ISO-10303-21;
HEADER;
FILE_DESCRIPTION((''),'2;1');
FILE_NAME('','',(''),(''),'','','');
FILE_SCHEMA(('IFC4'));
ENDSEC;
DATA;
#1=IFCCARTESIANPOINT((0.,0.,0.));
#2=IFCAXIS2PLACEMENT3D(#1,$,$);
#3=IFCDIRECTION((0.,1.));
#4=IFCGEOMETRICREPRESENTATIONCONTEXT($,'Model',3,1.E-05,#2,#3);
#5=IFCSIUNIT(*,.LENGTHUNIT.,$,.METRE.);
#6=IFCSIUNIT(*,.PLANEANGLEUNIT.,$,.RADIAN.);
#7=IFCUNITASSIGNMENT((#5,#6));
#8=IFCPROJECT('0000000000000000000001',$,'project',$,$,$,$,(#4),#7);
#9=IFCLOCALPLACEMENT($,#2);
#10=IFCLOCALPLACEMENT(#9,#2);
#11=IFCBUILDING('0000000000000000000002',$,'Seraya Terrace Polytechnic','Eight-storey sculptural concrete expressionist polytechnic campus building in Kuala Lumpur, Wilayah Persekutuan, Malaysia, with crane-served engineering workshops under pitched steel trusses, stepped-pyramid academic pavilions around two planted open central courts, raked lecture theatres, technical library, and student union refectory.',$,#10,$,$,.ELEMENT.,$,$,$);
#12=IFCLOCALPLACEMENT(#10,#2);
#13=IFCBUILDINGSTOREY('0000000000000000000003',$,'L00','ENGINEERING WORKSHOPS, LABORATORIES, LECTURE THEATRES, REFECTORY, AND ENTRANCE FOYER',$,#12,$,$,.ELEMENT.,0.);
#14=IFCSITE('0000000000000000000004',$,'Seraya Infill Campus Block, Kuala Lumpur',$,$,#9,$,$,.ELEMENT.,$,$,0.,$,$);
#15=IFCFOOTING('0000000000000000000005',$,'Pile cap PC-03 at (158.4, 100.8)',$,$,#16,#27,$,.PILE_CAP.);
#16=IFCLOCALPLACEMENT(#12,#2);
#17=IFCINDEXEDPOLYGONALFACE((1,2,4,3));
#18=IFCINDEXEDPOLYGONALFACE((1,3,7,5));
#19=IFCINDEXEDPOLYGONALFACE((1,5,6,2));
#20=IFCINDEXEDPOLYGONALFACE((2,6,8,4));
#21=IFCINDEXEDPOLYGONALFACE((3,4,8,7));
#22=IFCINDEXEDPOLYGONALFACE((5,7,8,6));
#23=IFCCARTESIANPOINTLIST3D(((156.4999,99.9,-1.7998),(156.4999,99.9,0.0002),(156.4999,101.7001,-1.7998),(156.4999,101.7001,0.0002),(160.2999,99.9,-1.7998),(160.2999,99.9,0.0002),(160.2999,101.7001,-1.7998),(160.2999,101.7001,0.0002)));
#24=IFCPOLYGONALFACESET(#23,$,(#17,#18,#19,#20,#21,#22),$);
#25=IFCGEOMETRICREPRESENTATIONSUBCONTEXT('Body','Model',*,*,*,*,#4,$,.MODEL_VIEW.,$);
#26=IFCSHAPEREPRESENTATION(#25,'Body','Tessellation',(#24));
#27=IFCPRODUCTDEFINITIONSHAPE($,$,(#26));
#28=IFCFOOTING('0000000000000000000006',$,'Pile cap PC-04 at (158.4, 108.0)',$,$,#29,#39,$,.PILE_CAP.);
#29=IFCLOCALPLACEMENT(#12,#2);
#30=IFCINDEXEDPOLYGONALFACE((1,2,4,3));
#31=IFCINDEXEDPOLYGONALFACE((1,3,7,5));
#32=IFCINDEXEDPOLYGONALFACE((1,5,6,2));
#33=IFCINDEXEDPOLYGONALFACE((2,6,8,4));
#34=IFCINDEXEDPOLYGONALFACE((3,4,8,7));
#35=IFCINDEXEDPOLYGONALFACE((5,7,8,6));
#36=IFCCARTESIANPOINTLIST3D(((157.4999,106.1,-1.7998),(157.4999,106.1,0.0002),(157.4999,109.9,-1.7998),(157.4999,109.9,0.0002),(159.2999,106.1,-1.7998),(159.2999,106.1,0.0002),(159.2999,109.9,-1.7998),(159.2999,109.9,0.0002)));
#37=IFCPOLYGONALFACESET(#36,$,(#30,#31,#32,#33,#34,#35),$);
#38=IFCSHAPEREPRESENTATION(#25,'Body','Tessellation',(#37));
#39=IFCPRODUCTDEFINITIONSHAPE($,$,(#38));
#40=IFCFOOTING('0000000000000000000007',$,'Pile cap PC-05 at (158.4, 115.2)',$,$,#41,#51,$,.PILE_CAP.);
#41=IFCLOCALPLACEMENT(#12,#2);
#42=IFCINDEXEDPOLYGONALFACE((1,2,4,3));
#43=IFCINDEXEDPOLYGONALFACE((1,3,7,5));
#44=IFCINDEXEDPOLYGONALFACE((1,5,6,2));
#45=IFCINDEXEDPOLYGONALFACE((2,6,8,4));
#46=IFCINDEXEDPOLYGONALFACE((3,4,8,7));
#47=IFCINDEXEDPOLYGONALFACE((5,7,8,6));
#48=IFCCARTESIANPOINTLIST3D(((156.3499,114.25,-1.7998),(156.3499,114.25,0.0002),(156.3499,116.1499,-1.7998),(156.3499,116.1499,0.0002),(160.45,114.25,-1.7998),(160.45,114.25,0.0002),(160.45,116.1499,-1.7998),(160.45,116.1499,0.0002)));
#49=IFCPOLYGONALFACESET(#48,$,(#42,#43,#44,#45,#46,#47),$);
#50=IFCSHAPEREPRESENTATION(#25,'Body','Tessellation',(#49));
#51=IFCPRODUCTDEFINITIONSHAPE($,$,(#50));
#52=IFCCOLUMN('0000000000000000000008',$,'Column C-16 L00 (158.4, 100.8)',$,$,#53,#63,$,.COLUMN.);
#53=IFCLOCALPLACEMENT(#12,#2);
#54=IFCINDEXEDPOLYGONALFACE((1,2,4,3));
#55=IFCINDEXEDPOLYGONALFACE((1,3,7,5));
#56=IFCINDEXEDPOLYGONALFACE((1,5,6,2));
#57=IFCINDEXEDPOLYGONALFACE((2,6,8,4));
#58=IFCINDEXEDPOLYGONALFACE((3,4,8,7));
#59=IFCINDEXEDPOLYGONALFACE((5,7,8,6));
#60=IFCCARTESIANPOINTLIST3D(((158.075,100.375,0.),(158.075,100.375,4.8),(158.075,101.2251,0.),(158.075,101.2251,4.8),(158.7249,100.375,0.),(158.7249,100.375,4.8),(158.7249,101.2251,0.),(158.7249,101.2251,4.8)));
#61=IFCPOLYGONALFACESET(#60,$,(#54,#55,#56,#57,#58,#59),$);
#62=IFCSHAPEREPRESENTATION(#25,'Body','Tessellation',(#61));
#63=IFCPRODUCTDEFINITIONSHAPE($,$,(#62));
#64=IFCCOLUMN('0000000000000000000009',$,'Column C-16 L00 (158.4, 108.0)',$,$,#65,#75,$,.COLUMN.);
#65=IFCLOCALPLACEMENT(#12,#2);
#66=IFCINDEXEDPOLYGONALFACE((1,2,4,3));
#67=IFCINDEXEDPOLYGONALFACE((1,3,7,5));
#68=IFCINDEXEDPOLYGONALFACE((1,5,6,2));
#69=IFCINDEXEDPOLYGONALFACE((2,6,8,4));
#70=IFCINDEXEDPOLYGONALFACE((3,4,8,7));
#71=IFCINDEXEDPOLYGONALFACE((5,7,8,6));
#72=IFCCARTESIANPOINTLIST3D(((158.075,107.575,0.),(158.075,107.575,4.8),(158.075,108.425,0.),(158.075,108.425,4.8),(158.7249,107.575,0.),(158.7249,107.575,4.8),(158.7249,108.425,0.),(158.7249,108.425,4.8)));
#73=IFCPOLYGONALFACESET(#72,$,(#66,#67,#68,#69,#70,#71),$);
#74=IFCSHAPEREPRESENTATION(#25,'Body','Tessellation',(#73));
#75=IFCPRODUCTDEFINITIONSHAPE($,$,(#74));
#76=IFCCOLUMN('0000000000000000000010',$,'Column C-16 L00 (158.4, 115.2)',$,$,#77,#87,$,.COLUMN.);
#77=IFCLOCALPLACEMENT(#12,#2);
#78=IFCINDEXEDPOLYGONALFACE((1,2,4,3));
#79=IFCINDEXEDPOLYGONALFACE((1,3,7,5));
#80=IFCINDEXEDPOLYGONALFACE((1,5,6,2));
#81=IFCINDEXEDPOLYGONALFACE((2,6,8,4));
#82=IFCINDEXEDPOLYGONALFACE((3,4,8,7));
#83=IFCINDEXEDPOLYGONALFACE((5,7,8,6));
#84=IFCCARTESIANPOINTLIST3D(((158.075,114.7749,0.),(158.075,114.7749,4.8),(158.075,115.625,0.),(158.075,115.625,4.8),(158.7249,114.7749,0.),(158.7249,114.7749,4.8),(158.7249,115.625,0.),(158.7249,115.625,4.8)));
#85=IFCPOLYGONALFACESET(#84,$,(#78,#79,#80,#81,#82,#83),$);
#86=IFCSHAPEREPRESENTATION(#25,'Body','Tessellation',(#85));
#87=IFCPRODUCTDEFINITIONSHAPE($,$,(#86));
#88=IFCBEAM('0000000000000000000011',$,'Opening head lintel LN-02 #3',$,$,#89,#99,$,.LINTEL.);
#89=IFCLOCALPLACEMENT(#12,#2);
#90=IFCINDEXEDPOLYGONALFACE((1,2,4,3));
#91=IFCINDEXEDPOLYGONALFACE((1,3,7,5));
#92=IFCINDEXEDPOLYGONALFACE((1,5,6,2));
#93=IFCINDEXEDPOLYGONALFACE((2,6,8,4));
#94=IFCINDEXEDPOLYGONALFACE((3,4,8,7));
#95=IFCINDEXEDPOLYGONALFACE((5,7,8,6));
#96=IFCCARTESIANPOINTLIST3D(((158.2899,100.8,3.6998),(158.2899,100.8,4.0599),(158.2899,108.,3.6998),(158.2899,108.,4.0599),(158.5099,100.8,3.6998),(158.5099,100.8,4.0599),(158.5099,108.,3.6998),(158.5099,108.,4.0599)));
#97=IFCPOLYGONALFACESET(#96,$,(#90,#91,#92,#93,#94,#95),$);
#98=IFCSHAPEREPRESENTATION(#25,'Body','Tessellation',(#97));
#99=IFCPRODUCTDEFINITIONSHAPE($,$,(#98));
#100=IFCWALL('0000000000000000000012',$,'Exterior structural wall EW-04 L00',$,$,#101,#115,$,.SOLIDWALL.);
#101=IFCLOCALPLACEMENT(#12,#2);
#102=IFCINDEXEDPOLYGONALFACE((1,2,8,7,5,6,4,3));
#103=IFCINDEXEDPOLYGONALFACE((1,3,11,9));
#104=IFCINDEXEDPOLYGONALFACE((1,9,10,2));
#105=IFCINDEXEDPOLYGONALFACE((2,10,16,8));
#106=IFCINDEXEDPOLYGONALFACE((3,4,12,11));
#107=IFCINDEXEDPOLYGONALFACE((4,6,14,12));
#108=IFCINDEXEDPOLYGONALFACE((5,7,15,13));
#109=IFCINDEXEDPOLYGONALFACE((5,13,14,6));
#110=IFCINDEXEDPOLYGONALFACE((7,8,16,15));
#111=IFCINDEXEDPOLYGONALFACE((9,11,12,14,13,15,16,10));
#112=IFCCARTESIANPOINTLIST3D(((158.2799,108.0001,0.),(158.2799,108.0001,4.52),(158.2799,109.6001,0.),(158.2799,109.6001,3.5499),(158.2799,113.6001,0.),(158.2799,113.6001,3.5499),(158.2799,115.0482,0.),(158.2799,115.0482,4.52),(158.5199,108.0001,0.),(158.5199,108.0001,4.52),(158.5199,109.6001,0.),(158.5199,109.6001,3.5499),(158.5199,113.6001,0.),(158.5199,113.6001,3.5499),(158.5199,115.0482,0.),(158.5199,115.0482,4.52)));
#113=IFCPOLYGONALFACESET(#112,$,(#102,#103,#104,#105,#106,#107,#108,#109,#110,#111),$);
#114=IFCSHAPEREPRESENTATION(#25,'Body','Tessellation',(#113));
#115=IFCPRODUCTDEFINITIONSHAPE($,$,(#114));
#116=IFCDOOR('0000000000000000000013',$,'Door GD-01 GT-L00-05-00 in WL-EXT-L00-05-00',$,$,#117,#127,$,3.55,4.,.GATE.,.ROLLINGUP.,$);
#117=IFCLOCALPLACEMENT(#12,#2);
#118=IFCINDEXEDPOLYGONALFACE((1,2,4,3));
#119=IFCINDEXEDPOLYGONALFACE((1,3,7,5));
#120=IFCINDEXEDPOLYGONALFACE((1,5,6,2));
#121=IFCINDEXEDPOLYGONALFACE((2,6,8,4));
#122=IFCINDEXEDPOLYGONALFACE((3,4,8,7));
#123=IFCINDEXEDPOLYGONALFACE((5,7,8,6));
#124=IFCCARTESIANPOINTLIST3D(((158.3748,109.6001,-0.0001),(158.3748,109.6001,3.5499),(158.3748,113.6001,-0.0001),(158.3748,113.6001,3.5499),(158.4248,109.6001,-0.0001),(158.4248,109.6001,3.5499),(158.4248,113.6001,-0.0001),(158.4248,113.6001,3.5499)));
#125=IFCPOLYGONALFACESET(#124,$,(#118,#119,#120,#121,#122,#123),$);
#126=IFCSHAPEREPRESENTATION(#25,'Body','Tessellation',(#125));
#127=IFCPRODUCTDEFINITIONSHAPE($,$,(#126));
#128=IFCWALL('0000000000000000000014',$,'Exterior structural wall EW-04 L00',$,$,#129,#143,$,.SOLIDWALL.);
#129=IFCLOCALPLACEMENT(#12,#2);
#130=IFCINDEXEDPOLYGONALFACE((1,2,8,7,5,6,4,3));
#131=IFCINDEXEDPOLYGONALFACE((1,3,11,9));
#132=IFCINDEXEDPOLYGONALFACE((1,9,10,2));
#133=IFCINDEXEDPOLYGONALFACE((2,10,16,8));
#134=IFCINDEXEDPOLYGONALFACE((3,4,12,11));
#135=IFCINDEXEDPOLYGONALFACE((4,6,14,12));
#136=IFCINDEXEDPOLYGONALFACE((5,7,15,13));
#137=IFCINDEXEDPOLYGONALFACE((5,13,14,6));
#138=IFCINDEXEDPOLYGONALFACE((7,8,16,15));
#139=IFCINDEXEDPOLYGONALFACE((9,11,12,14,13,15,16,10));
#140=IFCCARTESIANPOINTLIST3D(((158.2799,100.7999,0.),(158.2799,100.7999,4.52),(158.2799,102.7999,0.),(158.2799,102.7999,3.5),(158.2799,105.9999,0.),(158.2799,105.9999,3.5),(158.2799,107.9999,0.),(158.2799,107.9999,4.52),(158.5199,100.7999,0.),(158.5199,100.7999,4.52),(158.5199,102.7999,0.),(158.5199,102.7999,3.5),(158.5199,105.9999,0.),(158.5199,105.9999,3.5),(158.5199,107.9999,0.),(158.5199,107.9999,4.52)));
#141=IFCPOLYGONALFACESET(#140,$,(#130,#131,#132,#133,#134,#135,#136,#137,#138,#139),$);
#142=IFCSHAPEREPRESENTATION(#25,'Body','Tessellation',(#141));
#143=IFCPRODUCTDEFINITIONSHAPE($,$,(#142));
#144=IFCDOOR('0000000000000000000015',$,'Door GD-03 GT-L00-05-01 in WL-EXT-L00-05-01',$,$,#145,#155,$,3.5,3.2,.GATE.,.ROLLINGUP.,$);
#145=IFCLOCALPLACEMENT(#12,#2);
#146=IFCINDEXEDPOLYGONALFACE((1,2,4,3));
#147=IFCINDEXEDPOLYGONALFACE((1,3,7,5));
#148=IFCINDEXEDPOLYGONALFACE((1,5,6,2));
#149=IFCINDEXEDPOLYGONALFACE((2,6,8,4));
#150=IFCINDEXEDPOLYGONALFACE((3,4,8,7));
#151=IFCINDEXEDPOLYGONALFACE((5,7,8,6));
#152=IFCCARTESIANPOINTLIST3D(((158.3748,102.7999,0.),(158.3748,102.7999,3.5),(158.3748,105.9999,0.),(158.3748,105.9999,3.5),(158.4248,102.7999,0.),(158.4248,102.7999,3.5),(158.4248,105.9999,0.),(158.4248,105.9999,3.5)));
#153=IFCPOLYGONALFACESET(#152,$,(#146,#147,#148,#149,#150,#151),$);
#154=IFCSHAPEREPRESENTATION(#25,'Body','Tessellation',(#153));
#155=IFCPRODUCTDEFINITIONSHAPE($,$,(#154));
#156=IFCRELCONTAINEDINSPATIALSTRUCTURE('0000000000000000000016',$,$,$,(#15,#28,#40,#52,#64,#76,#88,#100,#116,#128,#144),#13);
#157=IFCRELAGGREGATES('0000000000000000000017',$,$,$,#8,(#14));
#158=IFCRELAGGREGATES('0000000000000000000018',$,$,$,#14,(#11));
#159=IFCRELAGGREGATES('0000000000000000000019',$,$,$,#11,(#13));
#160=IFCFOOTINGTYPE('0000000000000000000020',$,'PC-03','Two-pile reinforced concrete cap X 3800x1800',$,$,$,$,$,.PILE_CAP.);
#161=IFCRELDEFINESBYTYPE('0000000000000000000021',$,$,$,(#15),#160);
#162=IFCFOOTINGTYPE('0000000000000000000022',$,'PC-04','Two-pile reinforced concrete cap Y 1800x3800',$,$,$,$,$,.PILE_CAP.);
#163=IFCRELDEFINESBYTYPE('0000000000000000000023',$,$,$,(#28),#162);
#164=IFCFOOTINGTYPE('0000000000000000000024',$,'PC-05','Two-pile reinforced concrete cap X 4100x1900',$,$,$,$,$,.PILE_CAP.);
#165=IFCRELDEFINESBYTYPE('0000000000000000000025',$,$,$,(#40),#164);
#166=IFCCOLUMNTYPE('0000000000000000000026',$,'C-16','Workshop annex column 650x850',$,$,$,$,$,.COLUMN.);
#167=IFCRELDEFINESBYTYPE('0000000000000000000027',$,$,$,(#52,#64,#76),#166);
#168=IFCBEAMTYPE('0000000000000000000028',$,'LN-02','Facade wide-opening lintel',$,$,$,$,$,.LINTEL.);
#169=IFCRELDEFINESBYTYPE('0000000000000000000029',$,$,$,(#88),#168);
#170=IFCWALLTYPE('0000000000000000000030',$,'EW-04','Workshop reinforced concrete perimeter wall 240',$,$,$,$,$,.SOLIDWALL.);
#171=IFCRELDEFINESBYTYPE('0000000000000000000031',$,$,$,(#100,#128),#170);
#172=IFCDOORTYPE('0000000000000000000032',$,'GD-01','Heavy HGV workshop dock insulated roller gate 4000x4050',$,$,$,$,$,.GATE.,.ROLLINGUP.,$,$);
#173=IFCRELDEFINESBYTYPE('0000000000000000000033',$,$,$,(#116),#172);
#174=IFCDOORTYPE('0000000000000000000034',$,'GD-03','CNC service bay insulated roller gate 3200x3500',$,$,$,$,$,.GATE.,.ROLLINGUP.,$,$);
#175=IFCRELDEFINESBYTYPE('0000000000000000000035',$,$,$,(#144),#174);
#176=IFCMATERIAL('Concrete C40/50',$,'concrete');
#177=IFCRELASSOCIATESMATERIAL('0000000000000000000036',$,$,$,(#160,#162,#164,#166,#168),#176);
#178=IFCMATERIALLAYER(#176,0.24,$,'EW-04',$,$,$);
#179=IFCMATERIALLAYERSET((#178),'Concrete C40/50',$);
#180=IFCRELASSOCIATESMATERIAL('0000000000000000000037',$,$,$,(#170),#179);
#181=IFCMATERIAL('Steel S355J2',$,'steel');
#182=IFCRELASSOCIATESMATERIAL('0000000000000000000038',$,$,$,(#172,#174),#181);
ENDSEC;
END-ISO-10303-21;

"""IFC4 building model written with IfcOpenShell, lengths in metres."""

from ifc_helpers import new_model, si_unit, direction, frame, frame_2d, origin, origin_2d, place, context, subcontext, project, spatial, rectangle, extrude, material, layer, layer_set, material_profile, profile_set, type_object, element, fill, save


model = new_model("IFC4")

# Units and contexts
model_context = context("Model", 3, precision=1e-05, world=origin(), true_north=direction((0.0, 1.0)))
body_context = subcontext(model_context, "Body", "Model", "MODEL_VIEW")
ifc_project = project(units=[si_unit("LENGTHUNIT", "METRE"), si_unit("PLANEANGLEUNIT", "RADIAN")], contexts=[model_context])

# Site, building, storey
site_placement = place(None, origin())
site = spatial("IfcSite", under=ifc_project, at=site_placement, Name="Seraya Infill Campus Block, Kuala Lumpur", CompositionType="ELEMENT", RefElevation=0.0)
building_placement = place(site_placement, origin())
building = spatial("IfcBuilding", under=site, at=building_placement, Name="Seraya Terrace Polytechnic", Description="Eight-storey sculptural concrete expressionist polytechnic campus building in Kuala Lumpur, Wilayah Persekutuan, Malaysia, with crane-served engineering workshops under pitched steel trusses, stepped-pyramid academic pavilions around two planted open central courts, raked lecture theatres, technical library, and student union refectory.", CompositionType="ELEMENT")
storey_placement = place(building_placement, origin())
storey = spatial("IfcBuildingStorey", under=building, at=storey_placement, Name="L00", Description="ENGINEERING WORKSHOPS, LABORATORIES, LECTURE THEATRES, REFECTORY, AND ENTRANCE FOYER", CompositionType="ELEMENT", Elevation=0.0)

# Shared definitions
ifc_material_1 = material(Name="Concrete C40/50", Category="concrete")

# Footings
footing_type_1 = type_object("IfcFootingType", Name="PC-03", Description="Two-pile reinforced concrete cap X 3800x1800", PredefinedType="PILE_CAP", material=ifc_material_1)
footing_1_placement = place(storey_placement, frame((158.3999, 100.8, -1.7998), z_axis=(0.0, 0.0, 1.0), x_axis=(1.0, 0.0, 0.0)))
element("IfcFooting", 1, at=footing_1_placement, inside=storey, type_object=footing_type_1, Name="Pile cap PC-03 at (158.4, 100.8)", PredefinedType="PILE_CAP", context=body_context, shape_type="SweptSolid", body=[
    extrude(rectangle(XDim=3.8, YDim=1.8, at=origin_2d()), origin(), (0.0, 0.0, 1.0), 1.8),
])
footing_type_2 = type_object("IfcFootingType", Name="PC-04", Description="Two-pile reinforced concrete cap Y 1800x3800", PredefinedType="PILE_CAP", material=ifc_material_1)
footing_2_placement = place(storey_placement, frame((158.3999, 108.0, -1.7998), z_axis=(0.0, 0.0, 1.0), x_axis=(1.0, 0.0, 0.0)))
element("IfcFooting", 2, at=footing_2_placement, inside=storey, type_object=footing_type_2, Name="Pile cap PC-04 at (158.4, 108.0)", PredefinedType="PILE_CAP", context=body_context, shape_type="SweptSolid", body=[
    extrude(rectangle(XDim=1.8, YDim=3.8, at=origin_2d()), origin(), (0.0, 0.0, 1.0), 1.8),
])
footing_type_3 = type_object("IfcFootingType", Name="PC-05", Description="Two-pile reinforced concrete cap X 4100x1900", PredefinedType="PILE_CAP", material=ifc_material_1)
footing_3_placement = place(storey_placement, frame((158.3999, 115.2, -1.7998), z_axis=(0.0, 0.0, 1.0), x_axis=(1.0, 0.0, 0.0)))
element("IfcFooting", 3, at=footing_3_placement, inside=storey, type_object=footing_type_3, Name="Pile cap PC-05 at (158.4, 115.2)", PredefinedType="PILE_CAP", context=body_context, shape_type="SweptSolid", body=[
    extrude(rectangle(XDim=4.1001, YDim=1.8999, at=origin_2d()), origin(), (0.0, 0.0, 1.0), 1.8),
])

# Columns
ifc_material_profile_1 = material_profile(ifc_material_1, rectangle(XDim=0.6499, YDim=0.8501, at=origin_2d()), Name="RC 650x850")
ifc_profile_set_1 = profile_set([ifc_material_profile_1], Name="Concrete C40/50")
column_type = type_object("IfcColumnType", Name="C-16", Description="Workshop annex column 650x850", PredefinedType="COLUMN", material=ifc_profile_set_1)
for number, where, z_axis, x_axis, name in (
    (4, (158.3999, 100.8, 0.0), (0.0, 0.0, 1.0), (1.0, 0.0, 0.0), "Column C-16 L00 (158.4, 100.8)"),
    (5, (158.3999, 108.0, 0.0), (0.0, 0.0, 1.0), (1.0, 0.0, 0.0), "Column C-16 L00 (158.4, 108.0)"),
    (6, (158.3999, 115.2, 0.0), (0.0, 0.0, 1.0), (1.0, 0.0, 0.0), "Column C-16 L00 (158.4, 115.2)"),
):
    element("IfcColumn", number, at=place(storey_placement, frame(where, z_axis=z_axis, x_axis=x_axis)), inside=storey, type_object=column_type, Name=name, PredefinedType="COLUMN", context=body_context, shape_type="SweptSolid", body=[
        extrude(rectangle(XDim=0.6499, YDim=0.8501, at=origin_2d()), origin(), (0.0, 0.0, 1.0), 4.8),
    ])

# Beam
ifc_material_profile_2 = material_profile(ifc_material_1, rectangle(XDim=0.22, YDim=0.3601, at=origin_2d()), Name="RC 220x360")
ifc_profile_set_2 = profile_set([ifc_material_profile_2], Name="Concrete C40/50")
beam_type = type_object("IfcBeamType", Name="LN-02", Description="Facade wide-opening lintel", PredefinedType="LINTEL", material=ifc_profile_set_2)
beam_placement = place(storey_placement, frame((158.3999, 100.8, 3.8799), z_axis=(0.0, 1.0, 0.0), x_axis=(-1.0, 0.0, 0.0)))
element("IfcBeam", 7, at=beam_placement, inside=storey, type_object=beam_type, Name="Opening head lintel LN-02 #3", PredefinedType="LINTEL", context=body_context, shape_type="SweptSolid", body=[
    extrude(rectangle(XDim=0.22, YDim=0.3601, at=origin_2d()), origin(), (0.0, 0.0, 1.0), 7.2),
])

# Walls, openings, doors
ifc_layer = layer(ifc_material_1, 0.24, Name="EW-04")
ifc_layer_set = layer_set([ifc_layer], Name="Concrete C40/50")
wall_type = type_object("IfcWallType", Name="EW-04", Description="Workshop reinforced concrete perimeter wall 240", PredefinedType="SOLIDWALL", material=ifc_layer_set)
wall_1_placement = place(storey_placement, frame((158.3999, 115.0481, 0.0), z_axis=(0.0, 0.0, 1.0), x_axis=(0.0, -1.0, 0.0)))
wall_1 = element("IfcWall", 8, at=wall_1_placement, inside=storey, type_object=wall_type, Name="Exterior structural wall EW-04 L00", PredefinedType="SOLIDWALL", context=body_context, shape_type="SweptSolid", body=[
    extrude(rectangle(XDim=7.0481, YDim=0.24, at=frame_2d((3.5239, 0.0))), origin(), (0.0, 0.0, 1.0), 4.52),
])
opening_1_placement = place(wall_1_placement, frame((1.448, 0.0, 0.0)))
opening_1 = element("IfcOpeningElement", 9, at=opening_1_placement, cuts=wall_1, PredefinedType="OPENING", context=body_context, shape_type="SweptSolid", body=[
    extrude(rectangle(XDim=4.0, YDim=3.55, at=frame_2d((2.0, 1.7749))), frame((0.0, 0.1318, 0.0), z_axis=(0.0, -1.0, 0.0), x_axis=(1.0, 0.0, 0.0)), (0.0, 0.0, 1.0), 0.2639),
])
ifc_material_2 = material(Name="Steel S355J2", Category="steel")
door_type_1 = type_object("IfcDoorType", Name="GD-01", Description="Heavy HGV workshop dock insulated roller gate 4000x4050", OperationType="ROLLINGUP", PredefinedType="GATE", material=ifc_material_2)
door_1_placement = place(opening_1_placement, origin())
door_1 = element("IfcDoor", 10, at=door_1_placement, inside=storey, type_object=door_type_1, Name="Door GD-01 GT-L00-05-00 in WL-EXT-L00-05-00", OperationType="ROLLINGUP", OverallHeight=3.55, OverallWidth=4.0, PredefinedType="GATE", context=body_context, shape_type="SweptSolid", body=[
    extrude(rectangle(XDim=4.0, YDim=3.55, at=frame_2d((2.0, 1.7749))), frame((0.0, 0.0249, 0.0), z_axis=(0.0, -1.0, 0.0), x_axis=(1.0, 0.0, 0.0)), (0.0, 0.0, 1.0), 0.05),
])
fill(opening_1, door_1)
wall_2_placement = place(storey_placement, frame((158.3999, 108.0, 0.0), z_axis=(0.0, 0.0, 1.0), x_axis=(0.0, -1.0, 0.0)))
wall_2 = element("IfcWall", 11, at=wall_2_placement, inside=storey, type_object=wall_type, Name="Exterior structural wall EW-04 L00", PredefinedType="SOLIDWALL", context=body_context, shape_type="SweptSolid", body=[
    extrude(rectangle(XDim=7.2, YDim=0.24, at=frame_2d((3.6001, 0.0))), origin(), (0.0, 0.0, 1.0), 4.52),
])
opening_2_placement = place(wall_2_placement, frame((2.0, 0.0, 0.0)))
opening_2 = element("IfcOpeningElement", 12, at=opening_2_placement, cuts=wall_2, PredefinedType="OPENING", context=body_context, shape_type="SweptSolid", body=[
    extrude(rectangle(XDim=3.2, YDim=3.5, at=frame_2d((1.6001, 1.75))), frame((0.0, 0.1318, 0.0), z_axis=(0.0, -1.0, 0.0), x_axis=(1.0, 0.0, 0.0)), (0.0, 0.0, 1.0), 0.2639),
])
door_type_2 = type_object("IfcDoorType", Name="GD-03", Description="CNC service bay insulated roller gate 3200x3500", OperationType="ROLLINGUP", PredefinedType="GATE", material=ifc_material_2)
door_2_placement = place(opening_2_placement, origin())
door_2 = element("IfcDoor", 13, at=door_2_placement, inside=storey, type_object=door_type_2, Name="Door GD-03 GT-L00-05-01 in WL-EXT-L00-05-01", OperationType="ROLLINGUP", OverallHeight=3.5, OverallWidth=3.2, PredefinedType="GATE", context=body_context, shape_type="SweptSolid", body=[
    extrude(rectangle(XDim=3.2, YDim=3.5, at=frame_2d((1.6001, 1.75))), frame((0.0, 0.0249, 0.0), z_axis=(0.0, -1.0, 0.0), x_axis=(1.0, 0.0, 0.0)), (0.0, 0.0, 1.0), 0.05),
])
fill(opening_2, door_2)

save(model, "model.ifc")
